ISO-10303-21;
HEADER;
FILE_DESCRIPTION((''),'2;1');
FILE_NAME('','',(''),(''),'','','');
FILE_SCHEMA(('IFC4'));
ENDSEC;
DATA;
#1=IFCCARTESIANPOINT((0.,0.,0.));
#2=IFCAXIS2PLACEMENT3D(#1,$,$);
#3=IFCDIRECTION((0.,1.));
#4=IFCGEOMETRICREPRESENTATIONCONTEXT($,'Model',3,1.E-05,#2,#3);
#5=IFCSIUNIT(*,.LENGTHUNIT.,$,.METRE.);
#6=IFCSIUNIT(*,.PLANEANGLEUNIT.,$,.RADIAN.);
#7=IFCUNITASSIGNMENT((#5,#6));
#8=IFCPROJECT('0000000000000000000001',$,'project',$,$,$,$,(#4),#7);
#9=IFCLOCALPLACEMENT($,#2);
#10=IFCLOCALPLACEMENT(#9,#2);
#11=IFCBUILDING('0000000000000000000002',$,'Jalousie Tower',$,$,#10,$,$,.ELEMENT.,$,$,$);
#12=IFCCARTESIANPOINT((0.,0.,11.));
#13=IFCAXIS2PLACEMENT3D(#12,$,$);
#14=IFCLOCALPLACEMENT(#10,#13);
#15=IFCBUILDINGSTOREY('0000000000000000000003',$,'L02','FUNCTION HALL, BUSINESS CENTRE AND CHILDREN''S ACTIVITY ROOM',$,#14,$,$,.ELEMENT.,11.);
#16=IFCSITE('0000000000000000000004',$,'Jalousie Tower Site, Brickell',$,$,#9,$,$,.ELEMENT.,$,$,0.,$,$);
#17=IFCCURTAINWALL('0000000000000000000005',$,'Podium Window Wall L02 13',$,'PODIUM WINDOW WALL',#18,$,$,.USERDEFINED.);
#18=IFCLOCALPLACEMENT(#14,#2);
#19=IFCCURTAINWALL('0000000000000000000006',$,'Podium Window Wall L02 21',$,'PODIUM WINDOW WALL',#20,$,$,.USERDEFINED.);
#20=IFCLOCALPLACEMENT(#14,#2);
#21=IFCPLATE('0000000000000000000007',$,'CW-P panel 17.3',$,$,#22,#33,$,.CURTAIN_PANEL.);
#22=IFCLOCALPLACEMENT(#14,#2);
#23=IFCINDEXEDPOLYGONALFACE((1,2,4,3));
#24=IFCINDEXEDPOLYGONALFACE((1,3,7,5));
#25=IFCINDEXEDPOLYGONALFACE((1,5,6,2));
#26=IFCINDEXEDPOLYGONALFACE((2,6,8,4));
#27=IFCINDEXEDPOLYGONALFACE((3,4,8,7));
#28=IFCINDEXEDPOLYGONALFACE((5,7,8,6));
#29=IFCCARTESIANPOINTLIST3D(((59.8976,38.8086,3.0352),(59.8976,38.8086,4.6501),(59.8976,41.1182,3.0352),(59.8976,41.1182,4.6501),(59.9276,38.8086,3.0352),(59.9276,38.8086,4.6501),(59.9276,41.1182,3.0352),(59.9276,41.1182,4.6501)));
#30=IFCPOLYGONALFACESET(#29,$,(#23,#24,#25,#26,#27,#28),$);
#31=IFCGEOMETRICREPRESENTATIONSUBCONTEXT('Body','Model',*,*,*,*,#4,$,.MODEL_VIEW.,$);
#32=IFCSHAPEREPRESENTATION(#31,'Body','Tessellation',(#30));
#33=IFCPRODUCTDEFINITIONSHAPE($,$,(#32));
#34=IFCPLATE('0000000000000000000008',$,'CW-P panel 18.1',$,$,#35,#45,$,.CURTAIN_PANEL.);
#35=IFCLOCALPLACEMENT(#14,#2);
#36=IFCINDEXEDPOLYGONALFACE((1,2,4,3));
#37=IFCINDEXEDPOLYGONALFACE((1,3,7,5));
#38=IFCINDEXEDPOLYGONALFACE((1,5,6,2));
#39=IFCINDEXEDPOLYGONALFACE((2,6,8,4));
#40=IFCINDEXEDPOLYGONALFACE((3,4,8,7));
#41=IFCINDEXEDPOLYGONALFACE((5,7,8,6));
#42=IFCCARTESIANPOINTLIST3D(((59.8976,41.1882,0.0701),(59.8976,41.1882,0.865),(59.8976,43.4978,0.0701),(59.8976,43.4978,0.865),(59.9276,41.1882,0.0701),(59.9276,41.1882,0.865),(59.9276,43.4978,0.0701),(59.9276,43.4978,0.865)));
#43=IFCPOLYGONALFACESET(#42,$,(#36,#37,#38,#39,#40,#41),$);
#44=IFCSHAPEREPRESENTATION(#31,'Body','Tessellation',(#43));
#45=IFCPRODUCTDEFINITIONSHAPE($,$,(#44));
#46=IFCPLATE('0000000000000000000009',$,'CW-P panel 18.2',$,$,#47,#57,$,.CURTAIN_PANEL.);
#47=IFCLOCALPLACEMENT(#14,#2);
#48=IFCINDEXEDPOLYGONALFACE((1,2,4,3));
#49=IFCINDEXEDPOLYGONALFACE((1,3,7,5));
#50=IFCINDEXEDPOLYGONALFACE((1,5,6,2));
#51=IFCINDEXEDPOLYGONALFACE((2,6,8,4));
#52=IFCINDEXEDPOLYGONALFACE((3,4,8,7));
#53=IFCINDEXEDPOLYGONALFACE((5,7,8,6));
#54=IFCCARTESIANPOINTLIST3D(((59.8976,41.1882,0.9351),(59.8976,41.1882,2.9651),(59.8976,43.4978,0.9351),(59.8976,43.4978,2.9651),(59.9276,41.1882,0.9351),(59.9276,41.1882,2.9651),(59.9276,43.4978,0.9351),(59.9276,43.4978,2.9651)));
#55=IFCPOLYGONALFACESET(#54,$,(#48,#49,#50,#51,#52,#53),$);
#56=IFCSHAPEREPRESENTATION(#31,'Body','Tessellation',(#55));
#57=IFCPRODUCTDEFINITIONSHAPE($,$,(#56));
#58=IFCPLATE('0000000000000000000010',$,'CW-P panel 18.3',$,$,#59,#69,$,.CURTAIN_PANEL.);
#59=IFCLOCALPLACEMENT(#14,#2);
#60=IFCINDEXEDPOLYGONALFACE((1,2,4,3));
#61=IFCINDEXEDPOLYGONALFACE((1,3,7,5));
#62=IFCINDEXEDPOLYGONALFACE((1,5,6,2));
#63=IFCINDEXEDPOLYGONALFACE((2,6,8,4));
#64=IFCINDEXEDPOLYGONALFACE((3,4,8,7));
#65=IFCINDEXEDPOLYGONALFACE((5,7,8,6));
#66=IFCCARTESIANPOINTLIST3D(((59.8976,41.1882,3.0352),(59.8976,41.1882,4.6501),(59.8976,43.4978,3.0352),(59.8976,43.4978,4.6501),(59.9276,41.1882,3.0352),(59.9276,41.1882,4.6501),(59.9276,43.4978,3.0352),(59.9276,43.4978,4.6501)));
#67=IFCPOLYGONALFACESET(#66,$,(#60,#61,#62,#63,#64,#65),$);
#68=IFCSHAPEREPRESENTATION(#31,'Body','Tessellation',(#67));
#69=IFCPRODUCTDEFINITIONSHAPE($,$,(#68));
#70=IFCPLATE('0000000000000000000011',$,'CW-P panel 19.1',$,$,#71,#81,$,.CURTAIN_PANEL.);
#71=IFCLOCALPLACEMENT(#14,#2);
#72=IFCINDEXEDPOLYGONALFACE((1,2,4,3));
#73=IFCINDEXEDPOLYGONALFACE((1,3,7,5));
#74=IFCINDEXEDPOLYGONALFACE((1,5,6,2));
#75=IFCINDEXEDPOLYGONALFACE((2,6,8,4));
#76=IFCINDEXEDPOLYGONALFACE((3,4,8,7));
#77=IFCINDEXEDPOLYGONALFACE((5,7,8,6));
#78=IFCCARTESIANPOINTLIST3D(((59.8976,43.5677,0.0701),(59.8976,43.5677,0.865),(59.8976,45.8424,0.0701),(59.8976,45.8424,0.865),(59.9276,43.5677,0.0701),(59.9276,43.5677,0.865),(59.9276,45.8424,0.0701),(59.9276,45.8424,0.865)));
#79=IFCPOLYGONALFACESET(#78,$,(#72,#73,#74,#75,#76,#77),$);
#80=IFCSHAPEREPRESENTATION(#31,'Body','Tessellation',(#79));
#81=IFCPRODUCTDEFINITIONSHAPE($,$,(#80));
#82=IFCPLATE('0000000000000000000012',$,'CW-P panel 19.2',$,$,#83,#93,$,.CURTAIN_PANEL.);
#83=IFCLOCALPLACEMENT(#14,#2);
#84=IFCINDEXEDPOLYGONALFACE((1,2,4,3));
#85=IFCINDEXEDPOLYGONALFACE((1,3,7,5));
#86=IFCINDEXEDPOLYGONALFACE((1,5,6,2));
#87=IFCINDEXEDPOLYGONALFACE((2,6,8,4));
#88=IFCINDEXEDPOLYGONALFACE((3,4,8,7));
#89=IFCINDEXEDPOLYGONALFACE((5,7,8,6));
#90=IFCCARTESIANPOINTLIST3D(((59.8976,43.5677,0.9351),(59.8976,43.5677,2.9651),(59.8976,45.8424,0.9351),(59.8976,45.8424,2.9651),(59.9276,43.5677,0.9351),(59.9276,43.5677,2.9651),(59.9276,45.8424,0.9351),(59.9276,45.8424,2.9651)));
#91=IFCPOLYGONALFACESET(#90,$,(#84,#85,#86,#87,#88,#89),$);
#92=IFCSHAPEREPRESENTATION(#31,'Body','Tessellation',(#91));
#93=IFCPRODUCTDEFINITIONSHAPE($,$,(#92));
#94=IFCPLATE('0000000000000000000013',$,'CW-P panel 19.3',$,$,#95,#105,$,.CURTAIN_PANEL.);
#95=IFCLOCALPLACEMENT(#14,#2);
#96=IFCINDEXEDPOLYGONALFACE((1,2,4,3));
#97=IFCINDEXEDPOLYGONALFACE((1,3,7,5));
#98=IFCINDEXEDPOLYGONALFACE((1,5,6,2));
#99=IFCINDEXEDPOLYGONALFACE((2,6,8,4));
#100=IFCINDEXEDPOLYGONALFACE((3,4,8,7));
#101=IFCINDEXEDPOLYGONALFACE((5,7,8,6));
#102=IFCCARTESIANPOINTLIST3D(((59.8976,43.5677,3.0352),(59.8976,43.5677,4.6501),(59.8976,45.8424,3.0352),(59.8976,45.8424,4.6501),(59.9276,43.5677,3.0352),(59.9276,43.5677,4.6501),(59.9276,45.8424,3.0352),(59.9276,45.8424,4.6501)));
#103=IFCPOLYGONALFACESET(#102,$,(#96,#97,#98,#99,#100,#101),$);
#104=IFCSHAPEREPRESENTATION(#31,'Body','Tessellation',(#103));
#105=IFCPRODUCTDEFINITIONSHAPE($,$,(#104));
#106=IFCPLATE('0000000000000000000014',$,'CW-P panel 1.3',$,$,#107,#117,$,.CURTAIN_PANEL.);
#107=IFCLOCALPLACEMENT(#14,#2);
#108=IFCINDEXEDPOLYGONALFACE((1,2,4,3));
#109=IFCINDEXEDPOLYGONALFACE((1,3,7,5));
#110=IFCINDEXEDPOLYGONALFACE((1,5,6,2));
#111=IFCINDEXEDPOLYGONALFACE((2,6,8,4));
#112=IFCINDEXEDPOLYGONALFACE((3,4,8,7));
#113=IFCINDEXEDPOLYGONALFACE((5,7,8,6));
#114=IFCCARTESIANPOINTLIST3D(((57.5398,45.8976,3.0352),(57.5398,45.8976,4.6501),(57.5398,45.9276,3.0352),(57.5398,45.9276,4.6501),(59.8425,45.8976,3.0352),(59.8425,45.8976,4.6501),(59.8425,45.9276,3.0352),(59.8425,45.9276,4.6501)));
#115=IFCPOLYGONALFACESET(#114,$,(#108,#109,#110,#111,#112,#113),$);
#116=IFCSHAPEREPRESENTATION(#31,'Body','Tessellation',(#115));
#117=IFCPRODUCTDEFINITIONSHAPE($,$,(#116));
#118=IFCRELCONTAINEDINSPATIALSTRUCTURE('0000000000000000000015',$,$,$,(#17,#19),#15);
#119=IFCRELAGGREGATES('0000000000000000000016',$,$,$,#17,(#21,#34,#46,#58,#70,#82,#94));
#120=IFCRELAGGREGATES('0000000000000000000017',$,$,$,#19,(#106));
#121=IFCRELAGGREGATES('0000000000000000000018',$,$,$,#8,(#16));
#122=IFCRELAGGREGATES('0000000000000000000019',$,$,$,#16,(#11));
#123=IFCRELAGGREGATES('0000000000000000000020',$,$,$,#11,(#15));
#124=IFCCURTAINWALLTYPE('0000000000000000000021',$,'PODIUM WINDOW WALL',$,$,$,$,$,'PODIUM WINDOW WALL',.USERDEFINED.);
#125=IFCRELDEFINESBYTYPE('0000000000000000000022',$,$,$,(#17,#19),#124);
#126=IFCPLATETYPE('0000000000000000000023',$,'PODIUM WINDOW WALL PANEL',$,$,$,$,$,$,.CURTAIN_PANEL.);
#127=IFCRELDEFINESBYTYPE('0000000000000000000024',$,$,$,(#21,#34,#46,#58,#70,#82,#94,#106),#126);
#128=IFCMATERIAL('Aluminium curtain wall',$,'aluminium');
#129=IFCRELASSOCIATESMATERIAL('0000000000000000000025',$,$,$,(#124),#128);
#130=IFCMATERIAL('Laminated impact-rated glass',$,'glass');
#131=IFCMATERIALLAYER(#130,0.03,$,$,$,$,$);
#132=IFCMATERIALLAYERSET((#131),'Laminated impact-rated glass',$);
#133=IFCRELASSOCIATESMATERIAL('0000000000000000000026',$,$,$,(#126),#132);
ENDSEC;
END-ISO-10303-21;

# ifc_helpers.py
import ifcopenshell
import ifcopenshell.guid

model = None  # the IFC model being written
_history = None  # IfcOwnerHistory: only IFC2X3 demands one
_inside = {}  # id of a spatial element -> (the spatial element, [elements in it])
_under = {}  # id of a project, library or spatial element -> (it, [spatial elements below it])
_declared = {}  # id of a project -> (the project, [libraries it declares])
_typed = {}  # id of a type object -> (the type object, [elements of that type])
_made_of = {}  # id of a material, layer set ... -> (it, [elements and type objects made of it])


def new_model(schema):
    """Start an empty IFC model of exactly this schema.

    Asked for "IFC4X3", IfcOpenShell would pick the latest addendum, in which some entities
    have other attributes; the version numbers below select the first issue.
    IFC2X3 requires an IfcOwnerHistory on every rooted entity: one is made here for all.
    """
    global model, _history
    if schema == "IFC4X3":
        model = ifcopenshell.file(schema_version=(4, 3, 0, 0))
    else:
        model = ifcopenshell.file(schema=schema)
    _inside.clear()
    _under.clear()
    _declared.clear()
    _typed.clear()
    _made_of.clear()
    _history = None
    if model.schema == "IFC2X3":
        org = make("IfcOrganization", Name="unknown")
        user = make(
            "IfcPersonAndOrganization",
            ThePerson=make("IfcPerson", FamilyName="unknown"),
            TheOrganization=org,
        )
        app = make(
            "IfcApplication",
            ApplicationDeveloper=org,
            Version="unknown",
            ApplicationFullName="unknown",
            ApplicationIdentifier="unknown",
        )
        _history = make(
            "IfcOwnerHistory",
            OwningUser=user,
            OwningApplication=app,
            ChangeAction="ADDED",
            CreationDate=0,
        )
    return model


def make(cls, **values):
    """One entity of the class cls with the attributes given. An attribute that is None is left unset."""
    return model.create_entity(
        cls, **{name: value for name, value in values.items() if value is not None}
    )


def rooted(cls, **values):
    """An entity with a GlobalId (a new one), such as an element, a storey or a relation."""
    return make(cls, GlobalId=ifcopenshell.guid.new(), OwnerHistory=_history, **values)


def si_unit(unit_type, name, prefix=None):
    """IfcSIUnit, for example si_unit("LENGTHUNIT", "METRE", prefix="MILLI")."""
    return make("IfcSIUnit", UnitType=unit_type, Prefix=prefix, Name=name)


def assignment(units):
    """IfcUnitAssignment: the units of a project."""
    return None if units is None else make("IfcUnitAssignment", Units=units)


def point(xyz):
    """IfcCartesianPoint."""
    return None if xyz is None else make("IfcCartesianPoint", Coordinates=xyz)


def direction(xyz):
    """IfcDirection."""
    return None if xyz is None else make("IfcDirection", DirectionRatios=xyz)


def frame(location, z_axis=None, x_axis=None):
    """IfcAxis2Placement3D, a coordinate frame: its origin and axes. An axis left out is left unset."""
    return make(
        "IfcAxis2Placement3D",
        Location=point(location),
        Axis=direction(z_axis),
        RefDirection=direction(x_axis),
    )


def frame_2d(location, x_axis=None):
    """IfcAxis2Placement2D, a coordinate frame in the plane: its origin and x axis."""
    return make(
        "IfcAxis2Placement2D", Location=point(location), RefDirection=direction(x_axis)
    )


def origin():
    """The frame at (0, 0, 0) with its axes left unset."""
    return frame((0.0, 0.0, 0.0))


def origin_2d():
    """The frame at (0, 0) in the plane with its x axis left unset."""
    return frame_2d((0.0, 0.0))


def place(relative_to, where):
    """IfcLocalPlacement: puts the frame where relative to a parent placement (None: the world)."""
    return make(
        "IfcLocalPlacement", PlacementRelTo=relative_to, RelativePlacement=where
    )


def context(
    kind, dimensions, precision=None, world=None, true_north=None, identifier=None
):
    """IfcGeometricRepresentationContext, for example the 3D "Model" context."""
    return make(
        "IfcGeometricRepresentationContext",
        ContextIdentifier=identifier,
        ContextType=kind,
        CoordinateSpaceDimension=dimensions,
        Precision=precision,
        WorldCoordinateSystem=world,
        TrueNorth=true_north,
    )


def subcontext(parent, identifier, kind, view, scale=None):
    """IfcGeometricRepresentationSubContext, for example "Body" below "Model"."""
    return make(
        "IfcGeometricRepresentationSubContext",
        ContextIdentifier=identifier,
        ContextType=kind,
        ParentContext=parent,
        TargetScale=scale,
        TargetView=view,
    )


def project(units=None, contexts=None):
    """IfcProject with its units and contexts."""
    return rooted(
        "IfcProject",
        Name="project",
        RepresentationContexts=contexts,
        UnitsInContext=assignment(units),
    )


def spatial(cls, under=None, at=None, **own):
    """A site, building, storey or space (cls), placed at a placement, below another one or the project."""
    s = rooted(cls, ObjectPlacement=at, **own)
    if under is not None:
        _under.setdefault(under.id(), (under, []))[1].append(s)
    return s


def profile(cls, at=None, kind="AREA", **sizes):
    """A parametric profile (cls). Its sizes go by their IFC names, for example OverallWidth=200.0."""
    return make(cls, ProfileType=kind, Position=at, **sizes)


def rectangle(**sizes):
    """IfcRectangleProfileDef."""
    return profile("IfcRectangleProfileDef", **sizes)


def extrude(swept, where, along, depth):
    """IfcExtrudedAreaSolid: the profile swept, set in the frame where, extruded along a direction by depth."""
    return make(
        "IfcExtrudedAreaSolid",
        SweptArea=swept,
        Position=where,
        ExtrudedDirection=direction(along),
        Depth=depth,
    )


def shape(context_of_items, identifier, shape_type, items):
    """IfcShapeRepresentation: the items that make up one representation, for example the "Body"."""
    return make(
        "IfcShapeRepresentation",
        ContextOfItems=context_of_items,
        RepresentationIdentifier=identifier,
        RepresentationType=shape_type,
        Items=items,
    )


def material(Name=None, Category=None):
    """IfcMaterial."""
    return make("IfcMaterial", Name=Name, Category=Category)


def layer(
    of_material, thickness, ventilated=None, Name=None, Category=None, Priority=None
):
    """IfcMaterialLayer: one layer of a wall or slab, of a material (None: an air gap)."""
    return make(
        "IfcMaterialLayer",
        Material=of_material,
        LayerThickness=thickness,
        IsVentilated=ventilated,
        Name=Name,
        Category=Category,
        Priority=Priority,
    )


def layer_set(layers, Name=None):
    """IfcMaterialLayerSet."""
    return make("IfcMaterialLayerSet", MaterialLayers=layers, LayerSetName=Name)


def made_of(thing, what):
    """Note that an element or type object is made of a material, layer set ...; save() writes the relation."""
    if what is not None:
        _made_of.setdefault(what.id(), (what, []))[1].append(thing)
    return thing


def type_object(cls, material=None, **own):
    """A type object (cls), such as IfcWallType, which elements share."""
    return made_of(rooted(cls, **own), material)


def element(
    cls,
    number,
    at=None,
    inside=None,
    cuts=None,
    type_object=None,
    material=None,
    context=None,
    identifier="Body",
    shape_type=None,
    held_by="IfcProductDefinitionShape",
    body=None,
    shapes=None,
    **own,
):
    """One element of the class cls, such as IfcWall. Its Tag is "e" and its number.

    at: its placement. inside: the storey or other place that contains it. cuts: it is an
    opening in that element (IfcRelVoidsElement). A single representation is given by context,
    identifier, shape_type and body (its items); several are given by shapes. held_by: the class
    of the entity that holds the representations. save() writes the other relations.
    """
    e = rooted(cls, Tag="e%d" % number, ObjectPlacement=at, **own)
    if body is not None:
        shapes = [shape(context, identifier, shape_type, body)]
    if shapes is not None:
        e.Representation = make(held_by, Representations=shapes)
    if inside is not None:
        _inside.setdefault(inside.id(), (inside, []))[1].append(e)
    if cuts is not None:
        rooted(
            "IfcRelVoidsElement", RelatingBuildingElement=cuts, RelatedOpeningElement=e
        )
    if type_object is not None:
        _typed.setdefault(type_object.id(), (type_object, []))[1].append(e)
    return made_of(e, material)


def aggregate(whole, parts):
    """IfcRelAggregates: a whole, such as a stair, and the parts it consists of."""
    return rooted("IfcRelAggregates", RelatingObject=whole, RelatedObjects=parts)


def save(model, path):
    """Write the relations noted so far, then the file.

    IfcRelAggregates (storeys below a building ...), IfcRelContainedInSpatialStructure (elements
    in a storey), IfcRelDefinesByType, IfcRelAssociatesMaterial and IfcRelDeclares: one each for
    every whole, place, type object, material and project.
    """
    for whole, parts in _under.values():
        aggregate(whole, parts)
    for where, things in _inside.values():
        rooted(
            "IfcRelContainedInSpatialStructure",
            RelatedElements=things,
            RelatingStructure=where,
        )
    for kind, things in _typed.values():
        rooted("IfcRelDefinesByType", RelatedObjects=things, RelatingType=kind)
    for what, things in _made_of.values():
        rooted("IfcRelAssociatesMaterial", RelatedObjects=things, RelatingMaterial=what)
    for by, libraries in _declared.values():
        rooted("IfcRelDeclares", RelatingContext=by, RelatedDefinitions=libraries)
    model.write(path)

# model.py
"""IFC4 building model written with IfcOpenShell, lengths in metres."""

from ifc_helpers import new_model, si_unit, direction, frame, origin, origin_2d, place, context, subcontext, project, spatial, rectangle, extrude, material, layer, layer_set, type_object, element, aggregate, save


model = new_model("IFC4")

# Units and contexts
model_context = context("Model", 3, precision=1e-05, world=origin(), true_north=direction((0.0, 1.0)))
body_context = subcontext(model_context, "Body", "Model", "MODEL_VIEW")
ifc_project = project(units=[si_unit("LENGTHUNIT", "METRE"), si_unit("PLANEANGLEUNIT", "RADIAN")], contexts=[model_context])

# Site, building, storey
site_placement = place(None, origin())
site = spatial("IfcSite", under=ifc_project, at=site_placement, Name="Jalousie Tower Site, Brickell", CompositionType="ELEMENT", RefElevation=0.0)
building_placement = place(site_placement, origin())
building = spatial("IfcBuilding", under=site, at=building_placement, Name="Jalousie Tower", CompositionType="ELEMENT")
storey_placement = place(building_placement, frame((0.0, 0.0, 11.0)))
storey = spatial("IfcBuildingStorey", under=building, at=storey_placement, Name="L02", Description="FUNCTION HALL, BUSINESS CENTRE AND CHILDREN'S ACTIVITY ROOM", CompositionType="ELEMENT", Elevation=11.0)

# Curtain wall
ifc_material_1 = material(Name="Aluminium curtain wall", Category="aluminium")
curtain_wall_type = type_object("IfcCurtainWallType", Name="PODIUM WINDOW WALL", ElementType="PODIUM WINDOW WALL", PredefinedType="USERDEFINED", material=ifc_material_1)
curtain_wall_1_placement = place(storey_placement, origin())
curtain_wall_1 = element("IfcCurtainWall", 1, at=curtain_wall_1_placement, inside=storey, type_object=curtain_wall_type, Name="Podium Window Wall L02 13", ObjectType="PODIUM WINDOW WALL", PredefinedType="USERDEFINED")

# Curtain wall
curtain_wall_2_placement = place(storey_placement, origin())
curtain_wall_2 = element("IfcCurtainWall", 2, at=curtain_wall_2_placement, inside=storey, type_object=curtain_wall_type, Name="Podium Window Wall L02 21", ObjectType="PODIUM WINDOW WALL", PredefinedType="USERDEFINED")

# Plates
ifc_material_2 = material(Name="Laminated impact-rated glass", Category="glass")
ifc_layer = layer(ifc_material_2, 0.03)
ifc_layer_set = layer_set([ifc_layer], Name="Laminated impact-rated glass")
plate_type = type_object("IfcPlateType", Name="PODIUM WINDOW WALL PANEL", PredefinedType="CURTAIN_PANEL", material=ifc_layer_set)
plate_1_placement = place(storey_placement, frame((59.9126, 39.9634, 3.0352), z_axis=(0.0, 0.0, 1.0), x_axis=(0.0, 1.0, 0.0)))
plate_1 = element("IfcPlate", 3, at=plate_1_placement, type_object=plate_type, Name="CW-P panel 17.3", PredefinedType="CURTAIN_PANEL", context=body_context, shape_type="SweptSolid", body=[
    extrude(rectangle(XDim=2.3096, YDim=0.03, at=origin_2d()), origin(), (0.0, 0.0, 1.0), 1.615),
])
plate_2_placement = place(storey_placement, frame((59.9126, 42.343, 0.0701), z_axis=(0.0, 0.0, 1.0), x_axis=(0.0, 1.0, 0.0)))
plate_2 = element("IfcPlate", 4, at=plate_2_placement, type_object=plate_type, Name="CW-P panel 18.1", PredefinedType="CURTAIN_PANEL", context=body_context, shape_type="SweptSolid", body=[
    extrude(rectangle(XDim=2.3096, YDim=0.03, at=origin_2d()), origin(), (0.0, 0.0, 1.0), 0.7949),
])
plate_3_placement = place(storey_placement, frame((59.9126, 42.343, 0.9351), z_axis=(0.0, 0.0, 1.0), x_axis=(0.0, 1.0, 0.0)))
plate_3 = element("IfcPlate", 5, at=plate_3_placement, type_object=plate_type, Name="CW-P panel 18.2", PredefinedType="CURTAIN_PANEL", context=body_context, shape_type="SweptSolid", body=[
    extrude(rectangle(XDim=2.3096, YDim=0.03, at=origin_2d()), origin(), (0.0, 0.0, 1.0), 2.03),
])
plate_4_placement = place(storey_placement, frame((59.9126, 42.343, 3.0352), z_axis=(0.0, 0.0, 1.0), x_axis=(0.0, 1.0, 0.0)))
plate_4 = element("IfcPlate", 6, at=plate_4_placement, type_object=plate_type, Name="CW-P panel 18.3", PredefinedType="CURTAIN_PANEL", context=body_context, shape_type="SweptSolid", body=[
    extrude(rectangle(XDim=2.3096, YDim=0.03, at=origin_2d()), origin(), (0.0, 0.0, 1.0), 1.615),
])
plate_5_placement = place(storey_placement, frame((59.9126, 44.7051, 0.0701), z_axis=(0.0, 0.0, 1.0), x_axis=(0.0, 1.0, 0.0)))
plate_5 = element("IfcPlate", 7, at=plate_5_placement, type_object=plate_type, Name="CW-P panel 19.1", PredefinedType="CURTAIN_PANEL", context=body_context, shape_type="SweptSolid", body=[
    extrude(rectangle(XDim=2.2747, YDim=0.03, at=origin_2d()), origin(), (0.0, 0.0, 1.0), 0.7949),
])
plate_6_placement = place(storey_placement, frame((59.9126, 44.7051, 0.9351), z_axis=(0.0, 0.0, 1.0), x_axis=(0.0, 1.0, 0.0)))
plate_6 = element("IfcPlate", 8, at=plate_6_placement, type_object=plate_type, Name="CW-P panel 19.2", PredefinedType="CURTAIN_PANEL", context=body_context, shape_type="SweptSolid", body=[
    extrude(rectangle(XDim=2.2747, YDim=0.03, at=origin_2d()), origin(), (0.0, 0.0, 1.0), 2.03),
])
plate_7_placement = place(storey_placement, frame((59.9126, 44.7051, 3.0352), z_axis=(0.0, 0.0, 1.0), x_axis=(0.0, 1.0, 0.0)))
plate_7 = element("IfcPlate", 9, at=plate_7_placement, type_object=plate_type, Name="CW-P panel 19.3", PredefinedType="CURTAIN_PANEL", context=body_context, shape_type="SweptSolid", body=[
    extrude(rectangle(XDim=2.2747, YDim=0.03, at=origin_2d()), origin(), (0.0, 0.0, 1.0), 1.615),
])
aggregate(curtain_wall_1, [plate_1, plate_2, plate_3, plate_4, plate_5, plate_6, plate_7])
plate_8_placement = place(storey_placement, frame((58.6912, 45.9126, 3.0352), z_axis=(0.0, 0.0, 1.0), x_axis=(-1.0, 0.0, 0.0)))
plate_8 = element("IfcPlate", 10, at=plate_8_placement, type_object=plate_type, Name="CW-P panel 1.3", PredefinedType="CURTAIN_PANEL", context=body_context, shape_type="SweptSolid", body=[
    extrude(rectangle(XDim=2.3027, YDim=0.03, at=origin_2d()), origin(), (0.0, 0.0, 1.0), 1.615),
])
aggregate(curtain_wall_2, [plate_8])

save(model, "model.ifc")
